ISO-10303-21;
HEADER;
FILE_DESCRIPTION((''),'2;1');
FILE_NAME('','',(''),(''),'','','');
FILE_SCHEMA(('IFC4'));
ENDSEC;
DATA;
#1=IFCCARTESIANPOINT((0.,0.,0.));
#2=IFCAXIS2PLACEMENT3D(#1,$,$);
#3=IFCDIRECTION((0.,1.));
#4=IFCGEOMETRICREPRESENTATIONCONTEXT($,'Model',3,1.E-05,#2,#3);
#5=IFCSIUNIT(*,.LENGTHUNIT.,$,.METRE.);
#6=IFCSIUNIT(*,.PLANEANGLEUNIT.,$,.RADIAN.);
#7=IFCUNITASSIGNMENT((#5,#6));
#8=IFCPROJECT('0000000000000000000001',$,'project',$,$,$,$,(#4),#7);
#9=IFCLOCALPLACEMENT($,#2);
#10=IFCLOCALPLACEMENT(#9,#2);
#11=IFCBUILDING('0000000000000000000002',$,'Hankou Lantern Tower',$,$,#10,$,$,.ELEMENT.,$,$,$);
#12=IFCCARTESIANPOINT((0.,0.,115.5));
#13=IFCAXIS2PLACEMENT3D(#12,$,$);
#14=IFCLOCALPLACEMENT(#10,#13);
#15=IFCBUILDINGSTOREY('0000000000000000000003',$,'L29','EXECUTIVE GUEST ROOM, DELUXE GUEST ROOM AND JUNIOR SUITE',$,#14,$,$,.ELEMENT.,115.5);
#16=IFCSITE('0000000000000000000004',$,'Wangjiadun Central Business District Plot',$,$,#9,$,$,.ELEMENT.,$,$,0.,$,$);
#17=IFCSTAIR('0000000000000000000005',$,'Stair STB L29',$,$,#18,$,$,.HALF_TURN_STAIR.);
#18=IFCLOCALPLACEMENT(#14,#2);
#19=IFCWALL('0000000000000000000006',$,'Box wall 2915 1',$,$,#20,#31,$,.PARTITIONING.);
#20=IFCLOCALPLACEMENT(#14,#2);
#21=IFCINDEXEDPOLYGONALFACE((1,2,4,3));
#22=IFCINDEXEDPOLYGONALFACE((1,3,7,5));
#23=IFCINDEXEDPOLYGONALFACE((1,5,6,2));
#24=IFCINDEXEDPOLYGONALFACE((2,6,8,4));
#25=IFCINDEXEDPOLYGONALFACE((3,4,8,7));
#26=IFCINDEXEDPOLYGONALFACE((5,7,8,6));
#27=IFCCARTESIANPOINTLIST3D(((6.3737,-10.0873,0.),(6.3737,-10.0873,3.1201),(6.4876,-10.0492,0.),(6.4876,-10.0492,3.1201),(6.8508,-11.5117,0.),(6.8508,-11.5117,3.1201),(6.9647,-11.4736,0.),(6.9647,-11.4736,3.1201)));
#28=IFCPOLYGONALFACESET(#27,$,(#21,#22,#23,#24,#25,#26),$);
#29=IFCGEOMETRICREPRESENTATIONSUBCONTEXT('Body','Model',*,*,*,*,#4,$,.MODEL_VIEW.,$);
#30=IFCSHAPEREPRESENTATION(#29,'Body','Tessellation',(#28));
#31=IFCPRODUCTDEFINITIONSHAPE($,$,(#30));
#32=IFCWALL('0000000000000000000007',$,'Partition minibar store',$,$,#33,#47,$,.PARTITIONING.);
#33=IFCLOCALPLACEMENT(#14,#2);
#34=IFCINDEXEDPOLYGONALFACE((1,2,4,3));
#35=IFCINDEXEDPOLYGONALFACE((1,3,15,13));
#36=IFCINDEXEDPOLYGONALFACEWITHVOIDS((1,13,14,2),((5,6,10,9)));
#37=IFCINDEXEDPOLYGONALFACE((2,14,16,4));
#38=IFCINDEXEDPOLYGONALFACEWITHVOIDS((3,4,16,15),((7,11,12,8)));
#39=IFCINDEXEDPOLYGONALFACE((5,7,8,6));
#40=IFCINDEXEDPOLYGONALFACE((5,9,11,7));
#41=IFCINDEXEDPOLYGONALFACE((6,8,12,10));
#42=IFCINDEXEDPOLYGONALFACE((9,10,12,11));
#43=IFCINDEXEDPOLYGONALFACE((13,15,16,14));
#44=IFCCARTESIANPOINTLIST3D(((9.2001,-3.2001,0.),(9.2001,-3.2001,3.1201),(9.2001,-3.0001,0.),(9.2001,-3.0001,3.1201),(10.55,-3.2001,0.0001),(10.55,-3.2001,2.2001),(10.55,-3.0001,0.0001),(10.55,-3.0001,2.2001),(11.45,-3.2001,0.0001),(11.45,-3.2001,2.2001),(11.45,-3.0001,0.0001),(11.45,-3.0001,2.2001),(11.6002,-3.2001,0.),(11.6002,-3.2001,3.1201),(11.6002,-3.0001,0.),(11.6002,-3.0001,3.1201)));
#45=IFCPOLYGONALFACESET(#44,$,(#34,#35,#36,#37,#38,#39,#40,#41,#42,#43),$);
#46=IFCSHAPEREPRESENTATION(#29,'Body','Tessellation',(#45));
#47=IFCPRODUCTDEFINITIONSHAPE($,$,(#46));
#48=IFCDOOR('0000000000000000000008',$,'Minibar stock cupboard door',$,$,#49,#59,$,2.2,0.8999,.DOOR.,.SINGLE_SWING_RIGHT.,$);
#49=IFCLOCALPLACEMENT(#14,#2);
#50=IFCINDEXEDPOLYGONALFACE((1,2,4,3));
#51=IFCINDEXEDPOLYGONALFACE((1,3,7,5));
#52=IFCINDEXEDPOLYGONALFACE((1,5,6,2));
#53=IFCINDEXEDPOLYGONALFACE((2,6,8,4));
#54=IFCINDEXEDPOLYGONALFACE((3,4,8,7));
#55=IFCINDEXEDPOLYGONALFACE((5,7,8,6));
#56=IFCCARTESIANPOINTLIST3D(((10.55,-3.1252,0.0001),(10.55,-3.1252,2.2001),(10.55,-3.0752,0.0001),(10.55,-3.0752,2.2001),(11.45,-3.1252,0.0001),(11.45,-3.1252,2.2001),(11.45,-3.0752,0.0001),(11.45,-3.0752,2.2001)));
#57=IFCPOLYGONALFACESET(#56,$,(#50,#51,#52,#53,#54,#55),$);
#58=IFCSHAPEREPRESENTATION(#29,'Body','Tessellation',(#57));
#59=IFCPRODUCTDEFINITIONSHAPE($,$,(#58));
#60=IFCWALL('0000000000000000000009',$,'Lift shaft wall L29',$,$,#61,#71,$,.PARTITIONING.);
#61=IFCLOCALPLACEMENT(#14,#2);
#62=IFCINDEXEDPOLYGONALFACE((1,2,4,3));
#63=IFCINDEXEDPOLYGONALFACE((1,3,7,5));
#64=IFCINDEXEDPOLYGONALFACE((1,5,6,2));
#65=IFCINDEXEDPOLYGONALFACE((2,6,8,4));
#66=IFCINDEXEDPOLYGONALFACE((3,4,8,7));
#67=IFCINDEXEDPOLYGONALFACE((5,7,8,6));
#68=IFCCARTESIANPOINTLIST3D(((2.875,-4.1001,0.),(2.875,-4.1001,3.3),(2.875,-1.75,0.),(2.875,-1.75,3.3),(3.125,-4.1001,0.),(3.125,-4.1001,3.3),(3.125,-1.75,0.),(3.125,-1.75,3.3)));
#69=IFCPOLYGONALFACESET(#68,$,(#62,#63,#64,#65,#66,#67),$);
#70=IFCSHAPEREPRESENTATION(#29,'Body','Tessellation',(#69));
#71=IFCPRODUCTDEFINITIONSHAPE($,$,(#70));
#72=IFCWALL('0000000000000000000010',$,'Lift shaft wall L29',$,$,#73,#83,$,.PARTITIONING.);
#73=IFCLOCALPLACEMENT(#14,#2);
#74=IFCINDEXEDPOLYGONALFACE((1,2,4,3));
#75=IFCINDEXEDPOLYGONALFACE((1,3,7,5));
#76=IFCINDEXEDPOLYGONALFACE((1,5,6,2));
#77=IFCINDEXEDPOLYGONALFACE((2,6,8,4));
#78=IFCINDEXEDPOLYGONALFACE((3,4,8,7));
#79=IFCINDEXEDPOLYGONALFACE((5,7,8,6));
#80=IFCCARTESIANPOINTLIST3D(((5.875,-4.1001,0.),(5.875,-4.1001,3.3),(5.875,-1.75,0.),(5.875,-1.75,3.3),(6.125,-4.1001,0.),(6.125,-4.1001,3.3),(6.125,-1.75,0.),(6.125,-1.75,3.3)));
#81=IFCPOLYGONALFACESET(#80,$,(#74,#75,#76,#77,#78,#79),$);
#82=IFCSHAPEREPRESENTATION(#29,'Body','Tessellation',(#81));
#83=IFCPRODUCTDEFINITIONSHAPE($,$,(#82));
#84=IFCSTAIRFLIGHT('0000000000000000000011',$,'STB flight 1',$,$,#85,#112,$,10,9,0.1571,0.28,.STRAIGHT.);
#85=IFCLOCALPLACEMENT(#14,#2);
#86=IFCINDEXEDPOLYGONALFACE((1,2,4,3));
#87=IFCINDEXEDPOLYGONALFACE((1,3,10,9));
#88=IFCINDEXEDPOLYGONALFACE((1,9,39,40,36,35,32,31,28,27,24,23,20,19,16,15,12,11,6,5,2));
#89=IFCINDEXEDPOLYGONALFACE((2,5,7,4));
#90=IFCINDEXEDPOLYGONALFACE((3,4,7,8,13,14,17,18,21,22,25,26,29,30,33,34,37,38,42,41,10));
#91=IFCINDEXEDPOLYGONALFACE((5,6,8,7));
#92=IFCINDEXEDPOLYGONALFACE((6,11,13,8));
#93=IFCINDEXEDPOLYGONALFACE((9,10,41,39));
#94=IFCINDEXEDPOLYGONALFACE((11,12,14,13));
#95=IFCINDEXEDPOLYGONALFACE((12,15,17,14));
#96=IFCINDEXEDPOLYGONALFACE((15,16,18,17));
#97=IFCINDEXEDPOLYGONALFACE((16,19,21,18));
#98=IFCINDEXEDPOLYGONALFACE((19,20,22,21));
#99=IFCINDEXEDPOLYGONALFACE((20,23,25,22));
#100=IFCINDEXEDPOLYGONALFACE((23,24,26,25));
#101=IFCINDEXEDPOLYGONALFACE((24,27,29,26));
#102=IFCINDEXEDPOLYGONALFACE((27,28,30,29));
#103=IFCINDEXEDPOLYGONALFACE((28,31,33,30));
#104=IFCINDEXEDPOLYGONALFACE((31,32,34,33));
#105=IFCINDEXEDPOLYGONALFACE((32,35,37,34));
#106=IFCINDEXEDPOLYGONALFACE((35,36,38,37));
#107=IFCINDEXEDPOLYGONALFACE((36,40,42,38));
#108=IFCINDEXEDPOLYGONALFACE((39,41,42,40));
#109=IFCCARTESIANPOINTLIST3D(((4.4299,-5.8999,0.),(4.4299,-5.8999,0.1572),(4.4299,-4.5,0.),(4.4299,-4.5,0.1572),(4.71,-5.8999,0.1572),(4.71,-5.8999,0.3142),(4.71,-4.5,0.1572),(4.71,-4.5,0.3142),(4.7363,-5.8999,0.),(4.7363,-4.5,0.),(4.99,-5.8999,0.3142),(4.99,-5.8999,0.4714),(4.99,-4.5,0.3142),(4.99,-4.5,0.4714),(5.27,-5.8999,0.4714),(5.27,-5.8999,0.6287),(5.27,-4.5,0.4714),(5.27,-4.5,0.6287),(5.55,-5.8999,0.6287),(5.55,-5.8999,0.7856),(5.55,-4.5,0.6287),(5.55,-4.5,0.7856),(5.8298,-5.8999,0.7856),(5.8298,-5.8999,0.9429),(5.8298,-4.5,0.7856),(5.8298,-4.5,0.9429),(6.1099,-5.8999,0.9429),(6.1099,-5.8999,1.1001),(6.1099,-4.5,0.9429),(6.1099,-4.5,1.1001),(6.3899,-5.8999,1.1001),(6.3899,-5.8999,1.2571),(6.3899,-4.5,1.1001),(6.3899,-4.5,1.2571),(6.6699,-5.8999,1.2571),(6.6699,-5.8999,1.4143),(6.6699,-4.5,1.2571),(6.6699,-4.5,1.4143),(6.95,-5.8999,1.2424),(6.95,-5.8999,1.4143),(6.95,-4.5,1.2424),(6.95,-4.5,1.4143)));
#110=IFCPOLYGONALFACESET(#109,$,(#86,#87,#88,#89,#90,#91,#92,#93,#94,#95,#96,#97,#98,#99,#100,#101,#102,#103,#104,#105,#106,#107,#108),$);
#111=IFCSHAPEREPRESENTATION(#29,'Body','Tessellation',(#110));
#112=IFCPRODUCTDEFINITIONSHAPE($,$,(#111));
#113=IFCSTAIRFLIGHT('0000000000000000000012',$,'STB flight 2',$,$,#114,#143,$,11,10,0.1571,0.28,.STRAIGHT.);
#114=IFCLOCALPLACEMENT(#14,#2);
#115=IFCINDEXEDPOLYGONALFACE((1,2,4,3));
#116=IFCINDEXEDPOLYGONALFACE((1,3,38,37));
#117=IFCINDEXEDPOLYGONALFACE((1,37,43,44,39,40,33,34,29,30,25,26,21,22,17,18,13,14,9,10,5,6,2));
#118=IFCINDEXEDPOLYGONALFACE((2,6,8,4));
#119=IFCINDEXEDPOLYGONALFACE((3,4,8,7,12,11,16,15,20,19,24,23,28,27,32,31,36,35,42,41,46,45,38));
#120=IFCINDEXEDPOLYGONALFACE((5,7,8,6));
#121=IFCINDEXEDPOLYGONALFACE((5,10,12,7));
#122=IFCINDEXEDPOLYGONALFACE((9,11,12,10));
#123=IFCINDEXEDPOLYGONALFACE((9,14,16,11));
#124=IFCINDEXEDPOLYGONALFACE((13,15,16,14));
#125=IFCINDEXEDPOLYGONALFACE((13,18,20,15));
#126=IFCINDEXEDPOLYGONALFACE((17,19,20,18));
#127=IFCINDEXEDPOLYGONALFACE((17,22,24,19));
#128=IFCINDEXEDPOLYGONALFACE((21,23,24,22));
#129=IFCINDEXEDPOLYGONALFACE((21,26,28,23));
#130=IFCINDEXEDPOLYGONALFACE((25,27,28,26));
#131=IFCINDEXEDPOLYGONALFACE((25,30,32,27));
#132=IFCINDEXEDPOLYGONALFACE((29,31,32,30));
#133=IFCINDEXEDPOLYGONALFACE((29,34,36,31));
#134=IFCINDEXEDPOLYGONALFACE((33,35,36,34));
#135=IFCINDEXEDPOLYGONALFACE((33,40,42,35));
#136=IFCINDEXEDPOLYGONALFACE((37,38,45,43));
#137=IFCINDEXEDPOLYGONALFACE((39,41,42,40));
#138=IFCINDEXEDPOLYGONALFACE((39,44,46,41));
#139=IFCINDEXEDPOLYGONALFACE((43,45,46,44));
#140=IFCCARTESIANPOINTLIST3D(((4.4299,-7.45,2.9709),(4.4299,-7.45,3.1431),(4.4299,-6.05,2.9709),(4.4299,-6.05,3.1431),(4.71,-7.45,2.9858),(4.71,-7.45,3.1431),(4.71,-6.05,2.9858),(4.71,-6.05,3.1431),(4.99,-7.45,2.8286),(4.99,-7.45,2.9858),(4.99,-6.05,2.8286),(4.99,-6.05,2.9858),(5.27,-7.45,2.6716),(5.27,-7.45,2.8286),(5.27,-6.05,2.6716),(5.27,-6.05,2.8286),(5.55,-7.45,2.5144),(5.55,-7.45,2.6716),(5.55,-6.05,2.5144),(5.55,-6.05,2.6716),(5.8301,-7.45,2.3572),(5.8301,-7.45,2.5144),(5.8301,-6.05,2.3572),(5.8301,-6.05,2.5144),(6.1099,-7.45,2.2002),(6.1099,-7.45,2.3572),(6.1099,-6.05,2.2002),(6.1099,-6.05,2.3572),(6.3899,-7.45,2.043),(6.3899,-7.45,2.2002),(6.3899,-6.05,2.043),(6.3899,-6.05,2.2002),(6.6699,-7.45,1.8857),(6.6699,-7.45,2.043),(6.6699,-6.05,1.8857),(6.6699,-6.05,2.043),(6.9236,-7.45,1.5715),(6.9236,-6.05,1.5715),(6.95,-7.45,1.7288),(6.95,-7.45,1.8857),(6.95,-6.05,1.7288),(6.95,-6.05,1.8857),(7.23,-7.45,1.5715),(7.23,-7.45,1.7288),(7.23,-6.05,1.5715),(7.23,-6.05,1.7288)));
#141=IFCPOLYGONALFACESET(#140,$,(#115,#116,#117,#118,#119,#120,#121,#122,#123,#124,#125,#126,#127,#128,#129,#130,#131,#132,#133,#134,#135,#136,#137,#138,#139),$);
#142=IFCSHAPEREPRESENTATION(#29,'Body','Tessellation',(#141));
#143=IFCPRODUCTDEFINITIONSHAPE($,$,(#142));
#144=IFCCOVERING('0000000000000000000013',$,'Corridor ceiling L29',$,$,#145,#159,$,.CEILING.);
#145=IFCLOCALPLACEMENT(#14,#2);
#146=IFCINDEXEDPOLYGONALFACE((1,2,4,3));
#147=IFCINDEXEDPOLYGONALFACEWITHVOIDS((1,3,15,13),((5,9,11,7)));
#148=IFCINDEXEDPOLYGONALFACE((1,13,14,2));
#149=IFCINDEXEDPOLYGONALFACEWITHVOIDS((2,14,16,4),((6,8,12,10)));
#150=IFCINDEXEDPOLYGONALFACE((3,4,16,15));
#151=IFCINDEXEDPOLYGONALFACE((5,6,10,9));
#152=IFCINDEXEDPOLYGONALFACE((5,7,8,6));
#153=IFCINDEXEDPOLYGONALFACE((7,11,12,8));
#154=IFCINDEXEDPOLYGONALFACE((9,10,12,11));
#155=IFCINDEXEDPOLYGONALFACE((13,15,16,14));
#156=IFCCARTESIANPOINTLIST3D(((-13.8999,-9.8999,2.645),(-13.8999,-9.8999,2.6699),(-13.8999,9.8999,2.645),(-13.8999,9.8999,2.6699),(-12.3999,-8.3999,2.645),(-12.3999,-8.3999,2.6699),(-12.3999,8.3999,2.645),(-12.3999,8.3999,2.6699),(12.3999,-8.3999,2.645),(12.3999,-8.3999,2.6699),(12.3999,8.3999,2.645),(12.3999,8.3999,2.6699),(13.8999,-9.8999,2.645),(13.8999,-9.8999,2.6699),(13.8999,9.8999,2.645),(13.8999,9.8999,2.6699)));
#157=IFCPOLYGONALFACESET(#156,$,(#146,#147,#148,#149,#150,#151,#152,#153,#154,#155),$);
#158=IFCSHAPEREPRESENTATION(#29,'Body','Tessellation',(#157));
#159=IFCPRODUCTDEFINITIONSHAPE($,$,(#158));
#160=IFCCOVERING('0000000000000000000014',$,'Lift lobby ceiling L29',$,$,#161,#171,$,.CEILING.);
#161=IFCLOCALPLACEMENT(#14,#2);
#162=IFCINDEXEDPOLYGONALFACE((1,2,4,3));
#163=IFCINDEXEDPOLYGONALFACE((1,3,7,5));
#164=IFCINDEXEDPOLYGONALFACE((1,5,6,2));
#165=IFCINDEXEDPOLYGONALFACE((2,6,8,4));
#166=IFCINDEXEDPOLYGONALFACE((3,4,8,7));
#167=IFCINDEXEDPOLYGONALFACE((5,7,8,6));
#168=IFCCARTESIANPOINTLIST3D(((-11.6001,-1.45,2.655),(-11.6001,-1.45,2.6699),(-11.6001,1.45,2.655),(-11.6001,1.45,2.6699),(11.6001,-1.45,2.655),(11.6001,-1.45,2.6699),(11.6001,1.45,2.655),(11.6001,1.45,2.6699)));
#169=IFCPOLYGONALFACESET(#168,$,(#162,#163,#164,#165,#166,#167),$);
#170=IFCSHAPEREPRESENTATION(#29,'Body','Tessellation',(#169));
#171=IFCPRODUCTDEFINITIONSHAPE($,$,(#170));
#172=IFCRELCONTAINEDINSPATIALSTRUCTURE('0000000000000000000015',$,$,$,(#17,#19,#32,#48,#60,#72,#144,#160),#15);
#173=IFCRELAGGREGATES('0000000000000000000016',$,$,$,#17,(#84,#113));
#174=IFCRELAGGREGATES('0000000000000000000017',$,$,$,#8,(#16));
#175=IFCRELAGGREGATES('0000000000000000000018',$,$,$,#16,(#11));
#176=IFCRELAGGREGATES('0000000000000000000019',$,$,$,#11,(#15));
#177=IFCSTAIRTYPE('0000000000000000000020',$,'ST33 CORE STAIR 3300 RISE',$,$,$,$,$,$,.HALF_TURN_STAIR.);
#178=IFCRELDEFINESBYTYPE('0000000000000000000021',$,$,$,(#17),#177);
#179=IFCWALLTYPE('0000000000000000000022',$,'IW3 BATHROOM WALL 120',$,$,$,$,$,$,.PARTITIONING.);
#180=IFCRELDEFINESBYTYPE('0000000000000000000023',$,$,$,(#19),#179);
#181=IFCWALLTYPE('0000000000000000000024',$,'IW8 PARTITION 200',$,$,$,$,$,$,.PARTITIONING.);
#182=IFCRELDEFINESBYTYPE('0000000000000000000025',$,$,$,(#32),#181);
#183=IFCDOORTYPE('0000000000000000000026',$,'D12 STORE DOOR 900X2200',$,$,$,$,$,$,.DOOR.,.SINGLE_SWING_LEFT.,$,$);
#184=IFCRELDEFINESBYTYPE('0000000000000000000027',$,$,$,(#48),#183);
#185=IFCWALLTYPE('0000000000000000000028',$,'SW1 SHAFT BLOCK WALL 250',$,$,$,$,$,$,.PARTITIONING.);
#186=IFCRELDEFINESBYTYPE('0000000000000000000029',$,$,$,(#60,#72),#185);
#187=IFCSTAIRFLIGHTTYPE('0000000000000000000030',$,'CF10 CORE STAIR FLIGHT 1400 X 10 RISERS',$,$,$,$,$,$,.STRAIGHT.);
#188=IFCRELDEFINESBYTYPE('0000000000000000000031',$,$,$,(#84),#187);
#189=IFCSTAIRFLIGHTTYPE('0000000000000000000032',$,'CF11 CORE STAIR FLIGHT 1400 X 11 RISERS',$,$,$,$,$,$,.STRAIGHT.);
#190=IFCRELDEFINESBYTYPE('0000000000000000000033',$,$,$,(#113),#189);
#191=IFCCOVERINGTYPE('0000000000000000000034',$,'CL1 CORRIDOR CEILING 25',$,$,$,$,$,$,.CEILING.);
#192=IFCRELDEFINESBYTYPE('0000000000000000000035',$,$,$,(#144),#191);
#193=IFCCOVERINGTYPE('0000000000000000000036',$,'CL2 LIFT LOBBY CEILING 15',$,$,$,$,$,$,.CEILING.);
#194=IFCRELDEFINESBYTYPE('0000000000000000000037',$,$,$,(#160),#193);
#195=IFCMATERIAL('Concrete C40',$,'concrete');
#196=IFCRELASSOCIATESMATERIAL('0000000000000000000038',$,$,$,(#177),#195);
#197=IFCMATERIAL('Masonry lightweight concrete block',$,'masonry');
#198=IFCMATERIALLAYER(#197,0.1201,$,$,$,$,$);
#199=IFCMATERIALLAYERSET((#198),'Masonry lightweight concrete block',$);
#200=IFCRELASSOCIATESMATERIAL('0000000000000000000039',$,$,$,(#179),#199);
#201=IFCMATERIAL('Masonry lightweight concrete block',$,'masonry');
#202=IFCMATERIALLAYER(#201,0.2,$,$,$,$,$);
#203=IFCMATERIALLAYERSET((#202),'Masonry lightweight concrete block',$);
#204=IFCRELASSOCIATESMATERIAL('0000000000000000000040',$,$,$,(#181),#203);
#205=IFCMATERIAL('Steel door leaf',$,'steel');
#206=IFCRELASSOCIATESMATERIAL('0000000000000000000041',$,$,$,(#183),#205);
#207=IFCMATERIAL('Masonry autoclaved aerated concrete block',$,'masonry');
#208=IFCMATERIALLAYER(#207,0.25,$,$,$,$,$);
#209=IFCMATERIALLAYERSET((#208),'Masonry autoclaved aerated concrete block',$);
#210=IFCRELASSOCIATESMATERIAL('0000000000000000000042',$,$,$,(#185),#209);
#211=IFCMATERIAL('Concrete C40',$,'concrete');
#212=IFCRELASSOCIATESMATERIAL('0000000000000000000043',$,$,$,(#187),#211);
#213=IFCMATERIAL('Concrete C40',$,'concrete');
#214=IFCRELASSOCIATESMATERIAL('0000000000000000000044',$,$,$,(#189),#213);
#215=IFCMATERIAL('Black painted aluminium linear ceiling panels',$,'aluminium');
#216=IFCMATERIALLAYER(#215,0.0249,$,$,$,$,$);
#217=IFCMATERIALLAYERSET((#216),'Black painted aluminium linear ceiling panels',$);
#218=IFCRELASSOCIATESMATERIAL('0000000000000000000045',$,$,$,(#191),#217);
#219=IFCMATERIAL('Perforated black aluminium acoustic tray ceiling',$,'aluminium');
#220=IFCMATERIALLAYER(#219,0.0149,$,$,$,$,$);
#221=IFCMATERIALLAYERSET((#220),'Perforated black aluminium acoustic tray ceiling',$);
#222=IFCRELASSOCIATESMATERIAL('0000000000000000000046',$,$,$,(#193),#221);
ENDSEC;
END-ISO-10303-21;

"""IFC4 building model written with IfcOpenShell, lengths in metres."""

from ifc_helpers import new_model, si_unit, direction, frame, frame_2d, origin, place, context, subcontext, project, spatial, polyline, rectangle, outline, extrude, material, layer, layer_set, type_object, element, fill, aggregate, save


model = new_model("IFC4")

# Units and contexts
model_context = context("Model", 3, precision=1e-05, world=origin(), true_north=direction((0.0, 1.0)))
body_context = subcontext(model_context, "Body", "Model", "MODEL_VIEW")
ifc_project = project(units=[si_unit("LENGTHUNIT", "METRE"), si_unit("PLANEANGLEUNIT", "RADIAN")], contexts=[model_context])

# Site, building, storey
site_placement = place(None, origin())
site = spatial("IfcSite", under=ifc_project, at=site_placement, Name="Wangjiadun Central Business District Plot", CompositionType="ELEMENT", RefElevation=0.0)
building_placement = place(site_placement, origin())
building = spatial("IfcBuilding", under=site, at=building_placement, Name="Hankou Lantern Tower", CompositionType="ELEMENT")
storey_placement = place(building_placement, frame((0.0, 0.0, 115.5)))
storey = spatial("IfcBuildingStorey", under=building, at=storey_placement, Name="L29", Description="EXECUTIVE GUEST ROOM, DELUXE GUEST ROOM AND JUNIOR SUITE", CompositionType="ELEMENT", Elevation=115.5)

# Stair
ifc_material_1 = material(Name="Concrete C40", Category="concrete")
stair_type = type_object("IfcStairType", Name="ST33 CORE STAIR 3300 RISE", PredefinedType="HALF_TURN_STAIR", material=ifc_material_1)
stair_1_placement = place(storey_placement, origin())
stair_1 = element("IfcStair", 1, at=stair_1_placement, inside=storey, type_object=stair_type, Name="Stair STB L29", PredefinedType="HALF_TURN_STAIR")

# Wall
ifc_material_2 = material(Name="Masonry lightweight concrete block", Category="masonry")
ifc_layer_1 = layer(ifc_material_2, 0.1201)
ifc_layer_set_1 = layer_set([ifc_layer_1], Name="Masonry lightweight concrete block")
wall_type_1 = type_object("IfcWallType", Name="IW3 BATHROOM WALL 120", PredefinedType="PARTITIONING", material=ifc_layer_set_1)
wall_1_placement = place(storey_placement, frame((6.4307, -10.0684, 0.0), z_axis=(0.0, 0.0, 1.0), x_axis=(0.317593, -0.948227, 0.0)))
element("IfcWall", 2, at=wall_1_placement, inside=storey, type_object=wall_type_1, Name="Box wall 2915 1", PredefinedType="PARTITIONING", context=body_context, shape_type="SweptSolid", body=[
    extrude(rectangle(XDim=1.5022, YDim=0.1201, at=frame_2d((0.751, 0.0))), origin(), (0.0, 0.0, 1.0), 3.1201),
])

# Wall, opening, door
ifc_material_3 = material(Name="Masonry lightweight concrete block", Category="masonry")
ifc_layer_2 = layer(ifc_material_3, 0.2)
ifc_layer_set_2 = layer_set([ifc_layer_2], Name="Masonry lightweight concrete block")
wall_type_2 = type_object("IfcWallType", Name="IW8 PARTITION 200", PredefinedType="PARTITIONING", material=ifc_layer_set_2)
wall_2_placement = place(storey_placement, frame((9.2, -3.1001, 0.0), z_axis=(0.0, 0.0, 1.0), x_axis=(1.0, 0.0, 0.0)))
wall_2 = element("IfcWall", 3, at=wall_2_placement, inside=storey, type_object=wall_type_2, Name="Partition minibar store", PredefinedType="PARTITIONING", context=body_context, shape_type="SweptSolid", body=[
    extrude(rectangle(XDim=2.4001, YDim=0.2, at=frame_2d((1.2002, 0.0))), origin(), (0.0, 0.0, 1.0), 3.1201),
])
opening_1_placement = place(wall_2_placement, frame((1.3501, 0.0, 0.0)))
opening_1 = element("IfcOpeningElement", 4, at=opening_1_placement, cuts=wall_2, PredefinedType="OPENING", context=body_context, shape_type="SweptSolid", body=[
    extrude(rectangle(XDim=0.8999, YDim=2.2, at=frame_2d((0.45, 1.1001))), frame((0.0, 0.1099, 0.0), z_axis=(0.0, -1.0, 0.0), x_axis=(1.0, 0.0, 0.0)), (0.0, 0.0, 1.0), 0.22),
])
ifc_material_4 = material(Name="Steel door leaf", Category="steel")
door_type_1 = type_object("IfcDoorType", Name="D12 STORE DOOR 900X2200", OperationType="SINGLE_SWING_LEFT", PredefinedType="DOOR", material=ifc_material_4)
door_1_placement = place(opening_1_placement, origin())
door_1 = element("IfcDoor", 5, at=door_1_placement, inside=storey, type_object=door_type_1, Name="Minibar stock cupboard door", OperationType="SINGLE_SWING_RIGHT", OverallHeight=2.2, OverallWidth=0.8999, PredefinedType="DOOR", context=body_context, shape_type="SweptSolid", body=[
    extrude(rectangle(XDim=0.8999, YDim=2.2, at=frame_2d((0.45, 1.1001))), frame((0.0, 0.0249, 0.0), z_axis=(0.0, -1.0, 0.0), x_axis=(1.0, 0.0, 0.0)), (0.0, 0.0, 1.0), 0.05),
])
fill(opening_1, door_1)

# Walls
ifc_material_5 = material(Name="Masonry autoclaved aerated concrete block", Category="masonry")
ifc_layer_3 = layer(ifc_material_5, 0.25)
ifc_layer_set_3 = layer_set([ifc_layer_3], Name="Masonry autoclaved aerated concrete block")
wall_type_3 = type_object("IfcWallType", Name="SW1 SHAFT BLOCK WALL 250", PredefinedType="PARTITIONING", material=ifc_layer_set_3)
for number, where, z_axis, x_axis, name in (
    (6, (3.0, -4.1001, 0.0), (0.0, 0.0, 1.0), (0.0, 1.0, 0.0), "Lift shaft wall L29"),
    (7, (6.0, -4.1001, 0.0), (0.0, 0.0, 1.0), (0.0, 1.0, 0.0), "Lift shaft wall L29"),
):
    element("IfcWall", number, at=place(storey_placement, frame(where, z_axis=z_axis, x_axis=x_axis)), inside=storey, type_object=wall_type_3, Name=name, PredefinedType="PARTITIONING", context=body_context, shape_type="SweptSolid", body=[
        extrude(rectangle(XDim=2.3501, YDim=0.25, at=frame_2d((1.175, 0.0))), origin(), (0.0, 0.0, 1.0), 3.3),
    ])

# Stair flights
ifc_material_6 = material(Name="Concrete C40", Category="concrete")
stair_flight_type_1 = type_object("IfcStairFlightType", Name="CF10 CORE STAIR FLIGHT 1400 X 10 RISERS", PredefinedType="STRAIGHT", material=ifc_material_6)
stair_flight_1_placement = place(storey_placement, frame((4.4299, -5.2, 0.0), z_axis=(0.0, 0.0, 1.0), x_axis=(1.0, 0.0, 0.0)))
stair_flight_1 = element("IfcStairFlight", 8, at=stair_flight_1_placement, type_object=stair_flight_type_1, Name="STB flight 1", NumberOfRisers=10, NumberOfTreads=9, PredefinedType="STRAIGHT", RiserHeight=0.1571, TreadLength=0.28, context=body_context, shape_type="SweptSolid", body=[
    extrude(outline(polyline([(0.0, 0.0), (0.0, 0.1572), (0.28, 0.1572), (0.28, 0.3142), (0.5601, 0.3142), (0.5601, 0.4714), (0.8401, 0.4714), (0.8401, 0.6287), (1.1201, 0.6287), (1.1201, 0.7856), (1.3999, 0.7856), (1.3999, 0.9429), (1.6799, 0.9429), (1.6799, 1.1001), (1.96, 1.1001), (1.96, 1.2571), (2.24, 1.2571), (2.24, 1.4143), (2.52, 1.4143), (2.52, 1.5715), (2.52, 1.2424), (0.3064, 0.0), (0.0, 0.0)])), frame((0.0, 0.7, 0.0), z_axis=(0.0, -1.0, 0.0), x_axis=(1.0, 0.0, 0.0)), (0.0, 0.0, 1.0), 1.3999),
])
ifc_material_7 = material(Name="Concrete C40", Category="concrete")
stair_flight_type_2 = type_object("IfcStairFlightType", Name="CF11 CORE STAIR FLIGHT 1400 X 11 RISERS", PredefinedType="STRAIGHT", material=ifc_material_7)
stair_flight_2_placement = place(storey_placement, frame((7.23, -6.75, 1.5715), z_axis=(0.0, 0.0, 1.0), x_axis=(-1.0, 0.0, 0.0)))
stair_flight_2 = element("IfcStairFlight", 9, at=stair_flight_2_placement, type_object=stair_flight_type_2, Name="STB flight 2", NumberOfRisers=11, NumberOfTreads=10, PredefinedType="STRAIGHT", RiserHeight=0.1571, TreadLength=0.28, context=body_context, shape_type="SweptSolid", body=[
    extrude(outline(polyline([(0.0, 0.0), (0.0, 0.1572), (0.28, 0.1572), (0.28, 0.3142), (0.5601, 0.3142), (0.5601, 0.4714), (0.8401, 0.4714), (0.8401, 0.6287), (1.1201, 0.6287), (1.1201, 0.7856), (1.3999, 0.7856), (1.3999, 0.9429), (1.6799, 0.9429), (1.6799, 1.1001), (1.96, 1.1001), (1.96, 1.2571), (2.24, 1.2571), (2.24, 1.4143), (2.52, 1.4143), (2.52, 1.5715), (2.8, 1.5715), (2.8, 1.7285), (2.8, 1.3994), (0.3064, 0.0), (0.0, 0.0)])), frame((0.0, 0.7, 0.0), z_axis=(0.0, -1.0, 0.0), x_axis=(1.0, 0.0, 0.0)), (0.0, 0.0, 1.0), 1.3999),
])
aggregate(stair_1, [stair_flight_1, stair_flight_2])

# Coverings
ifc_material_8 = material(Name="Black painted aluminium linear ceiling panels", Category="aluminium")
ifc_layer_4 = layer(ifc_material_8, 0.0249)
ifc_layer_set_4 = layer_set([ifc_layer_4], Name="Black painted aluminium linear ceiling panels")
covering_type_1 = type_object("IfcCoveringType", Name="CL1 CORRIDOR CEILING 25", PredefinedType="CEILING", material=ifc_layer_set_4)
covering_1_placement = place(storey_placement, frame((0.0, 0.0, 2.645)))
element("IfcCovering", 10, at=covering_1_placement, inside=storey, type_object=covering_type_1, Name="Corridor ceiling L29", PredefinedType="CEILING", context=body_context, shape_type="SweptSolid", body=[
    extrude(outline(polyline([(-13.8999, -9.8999), (13.8999, -9.8999), (13.8999, 9.8999), (-13.8999, 9.8999), (-13.8999, -9.8999)]), holes=[polyline([(-12.3999, 8.3999), (12.3999, 8.3999), (12.3999, -8.3999), (-12.3999, -8.3999), (-12.3999, 8.3999)])]), origin(), (0.0, 0.0, 1.0), 0.0249),
])
ifc_material_9 = material(Name="Perforated black aluminium acoustic tray ceiling", Category="aluminium")
ifc_layer_5 = layer(ifc_material_9, 0.0149)
ifc_layer_set_5 = layer_set([ifc_layer_5], Name="Perforated black aluminium acoustic tray ceiling")
covering_type_2 = type_object("IfcCoveringType", Name="CL2 LIFT LOBBY CEILING 15", PredefinedType="CEILING", material=ifc_layer_set_5)
covering_2_placement = place(storey_placement, frame((0.0, 0.0, 2.655)))
element("IfcCovering", 11, at=covering_2_placement, inside=storey, type_object=covering_type_2, Name="Lift lobby ceiling L29", PredefinedType="CEILING", context=body_context, shape_type="SweptSolid", body=[
    extrude(outline(polyline([(-11.6001, -1.45), (11.6001, -1.45), (11.6001, 1.45), (-11.6001, 1.45), (-11.6001, -1.45)])), origin(), (0.0, 0.0, 1.0), 0.0149),
])

save(model, "model.ifc")
